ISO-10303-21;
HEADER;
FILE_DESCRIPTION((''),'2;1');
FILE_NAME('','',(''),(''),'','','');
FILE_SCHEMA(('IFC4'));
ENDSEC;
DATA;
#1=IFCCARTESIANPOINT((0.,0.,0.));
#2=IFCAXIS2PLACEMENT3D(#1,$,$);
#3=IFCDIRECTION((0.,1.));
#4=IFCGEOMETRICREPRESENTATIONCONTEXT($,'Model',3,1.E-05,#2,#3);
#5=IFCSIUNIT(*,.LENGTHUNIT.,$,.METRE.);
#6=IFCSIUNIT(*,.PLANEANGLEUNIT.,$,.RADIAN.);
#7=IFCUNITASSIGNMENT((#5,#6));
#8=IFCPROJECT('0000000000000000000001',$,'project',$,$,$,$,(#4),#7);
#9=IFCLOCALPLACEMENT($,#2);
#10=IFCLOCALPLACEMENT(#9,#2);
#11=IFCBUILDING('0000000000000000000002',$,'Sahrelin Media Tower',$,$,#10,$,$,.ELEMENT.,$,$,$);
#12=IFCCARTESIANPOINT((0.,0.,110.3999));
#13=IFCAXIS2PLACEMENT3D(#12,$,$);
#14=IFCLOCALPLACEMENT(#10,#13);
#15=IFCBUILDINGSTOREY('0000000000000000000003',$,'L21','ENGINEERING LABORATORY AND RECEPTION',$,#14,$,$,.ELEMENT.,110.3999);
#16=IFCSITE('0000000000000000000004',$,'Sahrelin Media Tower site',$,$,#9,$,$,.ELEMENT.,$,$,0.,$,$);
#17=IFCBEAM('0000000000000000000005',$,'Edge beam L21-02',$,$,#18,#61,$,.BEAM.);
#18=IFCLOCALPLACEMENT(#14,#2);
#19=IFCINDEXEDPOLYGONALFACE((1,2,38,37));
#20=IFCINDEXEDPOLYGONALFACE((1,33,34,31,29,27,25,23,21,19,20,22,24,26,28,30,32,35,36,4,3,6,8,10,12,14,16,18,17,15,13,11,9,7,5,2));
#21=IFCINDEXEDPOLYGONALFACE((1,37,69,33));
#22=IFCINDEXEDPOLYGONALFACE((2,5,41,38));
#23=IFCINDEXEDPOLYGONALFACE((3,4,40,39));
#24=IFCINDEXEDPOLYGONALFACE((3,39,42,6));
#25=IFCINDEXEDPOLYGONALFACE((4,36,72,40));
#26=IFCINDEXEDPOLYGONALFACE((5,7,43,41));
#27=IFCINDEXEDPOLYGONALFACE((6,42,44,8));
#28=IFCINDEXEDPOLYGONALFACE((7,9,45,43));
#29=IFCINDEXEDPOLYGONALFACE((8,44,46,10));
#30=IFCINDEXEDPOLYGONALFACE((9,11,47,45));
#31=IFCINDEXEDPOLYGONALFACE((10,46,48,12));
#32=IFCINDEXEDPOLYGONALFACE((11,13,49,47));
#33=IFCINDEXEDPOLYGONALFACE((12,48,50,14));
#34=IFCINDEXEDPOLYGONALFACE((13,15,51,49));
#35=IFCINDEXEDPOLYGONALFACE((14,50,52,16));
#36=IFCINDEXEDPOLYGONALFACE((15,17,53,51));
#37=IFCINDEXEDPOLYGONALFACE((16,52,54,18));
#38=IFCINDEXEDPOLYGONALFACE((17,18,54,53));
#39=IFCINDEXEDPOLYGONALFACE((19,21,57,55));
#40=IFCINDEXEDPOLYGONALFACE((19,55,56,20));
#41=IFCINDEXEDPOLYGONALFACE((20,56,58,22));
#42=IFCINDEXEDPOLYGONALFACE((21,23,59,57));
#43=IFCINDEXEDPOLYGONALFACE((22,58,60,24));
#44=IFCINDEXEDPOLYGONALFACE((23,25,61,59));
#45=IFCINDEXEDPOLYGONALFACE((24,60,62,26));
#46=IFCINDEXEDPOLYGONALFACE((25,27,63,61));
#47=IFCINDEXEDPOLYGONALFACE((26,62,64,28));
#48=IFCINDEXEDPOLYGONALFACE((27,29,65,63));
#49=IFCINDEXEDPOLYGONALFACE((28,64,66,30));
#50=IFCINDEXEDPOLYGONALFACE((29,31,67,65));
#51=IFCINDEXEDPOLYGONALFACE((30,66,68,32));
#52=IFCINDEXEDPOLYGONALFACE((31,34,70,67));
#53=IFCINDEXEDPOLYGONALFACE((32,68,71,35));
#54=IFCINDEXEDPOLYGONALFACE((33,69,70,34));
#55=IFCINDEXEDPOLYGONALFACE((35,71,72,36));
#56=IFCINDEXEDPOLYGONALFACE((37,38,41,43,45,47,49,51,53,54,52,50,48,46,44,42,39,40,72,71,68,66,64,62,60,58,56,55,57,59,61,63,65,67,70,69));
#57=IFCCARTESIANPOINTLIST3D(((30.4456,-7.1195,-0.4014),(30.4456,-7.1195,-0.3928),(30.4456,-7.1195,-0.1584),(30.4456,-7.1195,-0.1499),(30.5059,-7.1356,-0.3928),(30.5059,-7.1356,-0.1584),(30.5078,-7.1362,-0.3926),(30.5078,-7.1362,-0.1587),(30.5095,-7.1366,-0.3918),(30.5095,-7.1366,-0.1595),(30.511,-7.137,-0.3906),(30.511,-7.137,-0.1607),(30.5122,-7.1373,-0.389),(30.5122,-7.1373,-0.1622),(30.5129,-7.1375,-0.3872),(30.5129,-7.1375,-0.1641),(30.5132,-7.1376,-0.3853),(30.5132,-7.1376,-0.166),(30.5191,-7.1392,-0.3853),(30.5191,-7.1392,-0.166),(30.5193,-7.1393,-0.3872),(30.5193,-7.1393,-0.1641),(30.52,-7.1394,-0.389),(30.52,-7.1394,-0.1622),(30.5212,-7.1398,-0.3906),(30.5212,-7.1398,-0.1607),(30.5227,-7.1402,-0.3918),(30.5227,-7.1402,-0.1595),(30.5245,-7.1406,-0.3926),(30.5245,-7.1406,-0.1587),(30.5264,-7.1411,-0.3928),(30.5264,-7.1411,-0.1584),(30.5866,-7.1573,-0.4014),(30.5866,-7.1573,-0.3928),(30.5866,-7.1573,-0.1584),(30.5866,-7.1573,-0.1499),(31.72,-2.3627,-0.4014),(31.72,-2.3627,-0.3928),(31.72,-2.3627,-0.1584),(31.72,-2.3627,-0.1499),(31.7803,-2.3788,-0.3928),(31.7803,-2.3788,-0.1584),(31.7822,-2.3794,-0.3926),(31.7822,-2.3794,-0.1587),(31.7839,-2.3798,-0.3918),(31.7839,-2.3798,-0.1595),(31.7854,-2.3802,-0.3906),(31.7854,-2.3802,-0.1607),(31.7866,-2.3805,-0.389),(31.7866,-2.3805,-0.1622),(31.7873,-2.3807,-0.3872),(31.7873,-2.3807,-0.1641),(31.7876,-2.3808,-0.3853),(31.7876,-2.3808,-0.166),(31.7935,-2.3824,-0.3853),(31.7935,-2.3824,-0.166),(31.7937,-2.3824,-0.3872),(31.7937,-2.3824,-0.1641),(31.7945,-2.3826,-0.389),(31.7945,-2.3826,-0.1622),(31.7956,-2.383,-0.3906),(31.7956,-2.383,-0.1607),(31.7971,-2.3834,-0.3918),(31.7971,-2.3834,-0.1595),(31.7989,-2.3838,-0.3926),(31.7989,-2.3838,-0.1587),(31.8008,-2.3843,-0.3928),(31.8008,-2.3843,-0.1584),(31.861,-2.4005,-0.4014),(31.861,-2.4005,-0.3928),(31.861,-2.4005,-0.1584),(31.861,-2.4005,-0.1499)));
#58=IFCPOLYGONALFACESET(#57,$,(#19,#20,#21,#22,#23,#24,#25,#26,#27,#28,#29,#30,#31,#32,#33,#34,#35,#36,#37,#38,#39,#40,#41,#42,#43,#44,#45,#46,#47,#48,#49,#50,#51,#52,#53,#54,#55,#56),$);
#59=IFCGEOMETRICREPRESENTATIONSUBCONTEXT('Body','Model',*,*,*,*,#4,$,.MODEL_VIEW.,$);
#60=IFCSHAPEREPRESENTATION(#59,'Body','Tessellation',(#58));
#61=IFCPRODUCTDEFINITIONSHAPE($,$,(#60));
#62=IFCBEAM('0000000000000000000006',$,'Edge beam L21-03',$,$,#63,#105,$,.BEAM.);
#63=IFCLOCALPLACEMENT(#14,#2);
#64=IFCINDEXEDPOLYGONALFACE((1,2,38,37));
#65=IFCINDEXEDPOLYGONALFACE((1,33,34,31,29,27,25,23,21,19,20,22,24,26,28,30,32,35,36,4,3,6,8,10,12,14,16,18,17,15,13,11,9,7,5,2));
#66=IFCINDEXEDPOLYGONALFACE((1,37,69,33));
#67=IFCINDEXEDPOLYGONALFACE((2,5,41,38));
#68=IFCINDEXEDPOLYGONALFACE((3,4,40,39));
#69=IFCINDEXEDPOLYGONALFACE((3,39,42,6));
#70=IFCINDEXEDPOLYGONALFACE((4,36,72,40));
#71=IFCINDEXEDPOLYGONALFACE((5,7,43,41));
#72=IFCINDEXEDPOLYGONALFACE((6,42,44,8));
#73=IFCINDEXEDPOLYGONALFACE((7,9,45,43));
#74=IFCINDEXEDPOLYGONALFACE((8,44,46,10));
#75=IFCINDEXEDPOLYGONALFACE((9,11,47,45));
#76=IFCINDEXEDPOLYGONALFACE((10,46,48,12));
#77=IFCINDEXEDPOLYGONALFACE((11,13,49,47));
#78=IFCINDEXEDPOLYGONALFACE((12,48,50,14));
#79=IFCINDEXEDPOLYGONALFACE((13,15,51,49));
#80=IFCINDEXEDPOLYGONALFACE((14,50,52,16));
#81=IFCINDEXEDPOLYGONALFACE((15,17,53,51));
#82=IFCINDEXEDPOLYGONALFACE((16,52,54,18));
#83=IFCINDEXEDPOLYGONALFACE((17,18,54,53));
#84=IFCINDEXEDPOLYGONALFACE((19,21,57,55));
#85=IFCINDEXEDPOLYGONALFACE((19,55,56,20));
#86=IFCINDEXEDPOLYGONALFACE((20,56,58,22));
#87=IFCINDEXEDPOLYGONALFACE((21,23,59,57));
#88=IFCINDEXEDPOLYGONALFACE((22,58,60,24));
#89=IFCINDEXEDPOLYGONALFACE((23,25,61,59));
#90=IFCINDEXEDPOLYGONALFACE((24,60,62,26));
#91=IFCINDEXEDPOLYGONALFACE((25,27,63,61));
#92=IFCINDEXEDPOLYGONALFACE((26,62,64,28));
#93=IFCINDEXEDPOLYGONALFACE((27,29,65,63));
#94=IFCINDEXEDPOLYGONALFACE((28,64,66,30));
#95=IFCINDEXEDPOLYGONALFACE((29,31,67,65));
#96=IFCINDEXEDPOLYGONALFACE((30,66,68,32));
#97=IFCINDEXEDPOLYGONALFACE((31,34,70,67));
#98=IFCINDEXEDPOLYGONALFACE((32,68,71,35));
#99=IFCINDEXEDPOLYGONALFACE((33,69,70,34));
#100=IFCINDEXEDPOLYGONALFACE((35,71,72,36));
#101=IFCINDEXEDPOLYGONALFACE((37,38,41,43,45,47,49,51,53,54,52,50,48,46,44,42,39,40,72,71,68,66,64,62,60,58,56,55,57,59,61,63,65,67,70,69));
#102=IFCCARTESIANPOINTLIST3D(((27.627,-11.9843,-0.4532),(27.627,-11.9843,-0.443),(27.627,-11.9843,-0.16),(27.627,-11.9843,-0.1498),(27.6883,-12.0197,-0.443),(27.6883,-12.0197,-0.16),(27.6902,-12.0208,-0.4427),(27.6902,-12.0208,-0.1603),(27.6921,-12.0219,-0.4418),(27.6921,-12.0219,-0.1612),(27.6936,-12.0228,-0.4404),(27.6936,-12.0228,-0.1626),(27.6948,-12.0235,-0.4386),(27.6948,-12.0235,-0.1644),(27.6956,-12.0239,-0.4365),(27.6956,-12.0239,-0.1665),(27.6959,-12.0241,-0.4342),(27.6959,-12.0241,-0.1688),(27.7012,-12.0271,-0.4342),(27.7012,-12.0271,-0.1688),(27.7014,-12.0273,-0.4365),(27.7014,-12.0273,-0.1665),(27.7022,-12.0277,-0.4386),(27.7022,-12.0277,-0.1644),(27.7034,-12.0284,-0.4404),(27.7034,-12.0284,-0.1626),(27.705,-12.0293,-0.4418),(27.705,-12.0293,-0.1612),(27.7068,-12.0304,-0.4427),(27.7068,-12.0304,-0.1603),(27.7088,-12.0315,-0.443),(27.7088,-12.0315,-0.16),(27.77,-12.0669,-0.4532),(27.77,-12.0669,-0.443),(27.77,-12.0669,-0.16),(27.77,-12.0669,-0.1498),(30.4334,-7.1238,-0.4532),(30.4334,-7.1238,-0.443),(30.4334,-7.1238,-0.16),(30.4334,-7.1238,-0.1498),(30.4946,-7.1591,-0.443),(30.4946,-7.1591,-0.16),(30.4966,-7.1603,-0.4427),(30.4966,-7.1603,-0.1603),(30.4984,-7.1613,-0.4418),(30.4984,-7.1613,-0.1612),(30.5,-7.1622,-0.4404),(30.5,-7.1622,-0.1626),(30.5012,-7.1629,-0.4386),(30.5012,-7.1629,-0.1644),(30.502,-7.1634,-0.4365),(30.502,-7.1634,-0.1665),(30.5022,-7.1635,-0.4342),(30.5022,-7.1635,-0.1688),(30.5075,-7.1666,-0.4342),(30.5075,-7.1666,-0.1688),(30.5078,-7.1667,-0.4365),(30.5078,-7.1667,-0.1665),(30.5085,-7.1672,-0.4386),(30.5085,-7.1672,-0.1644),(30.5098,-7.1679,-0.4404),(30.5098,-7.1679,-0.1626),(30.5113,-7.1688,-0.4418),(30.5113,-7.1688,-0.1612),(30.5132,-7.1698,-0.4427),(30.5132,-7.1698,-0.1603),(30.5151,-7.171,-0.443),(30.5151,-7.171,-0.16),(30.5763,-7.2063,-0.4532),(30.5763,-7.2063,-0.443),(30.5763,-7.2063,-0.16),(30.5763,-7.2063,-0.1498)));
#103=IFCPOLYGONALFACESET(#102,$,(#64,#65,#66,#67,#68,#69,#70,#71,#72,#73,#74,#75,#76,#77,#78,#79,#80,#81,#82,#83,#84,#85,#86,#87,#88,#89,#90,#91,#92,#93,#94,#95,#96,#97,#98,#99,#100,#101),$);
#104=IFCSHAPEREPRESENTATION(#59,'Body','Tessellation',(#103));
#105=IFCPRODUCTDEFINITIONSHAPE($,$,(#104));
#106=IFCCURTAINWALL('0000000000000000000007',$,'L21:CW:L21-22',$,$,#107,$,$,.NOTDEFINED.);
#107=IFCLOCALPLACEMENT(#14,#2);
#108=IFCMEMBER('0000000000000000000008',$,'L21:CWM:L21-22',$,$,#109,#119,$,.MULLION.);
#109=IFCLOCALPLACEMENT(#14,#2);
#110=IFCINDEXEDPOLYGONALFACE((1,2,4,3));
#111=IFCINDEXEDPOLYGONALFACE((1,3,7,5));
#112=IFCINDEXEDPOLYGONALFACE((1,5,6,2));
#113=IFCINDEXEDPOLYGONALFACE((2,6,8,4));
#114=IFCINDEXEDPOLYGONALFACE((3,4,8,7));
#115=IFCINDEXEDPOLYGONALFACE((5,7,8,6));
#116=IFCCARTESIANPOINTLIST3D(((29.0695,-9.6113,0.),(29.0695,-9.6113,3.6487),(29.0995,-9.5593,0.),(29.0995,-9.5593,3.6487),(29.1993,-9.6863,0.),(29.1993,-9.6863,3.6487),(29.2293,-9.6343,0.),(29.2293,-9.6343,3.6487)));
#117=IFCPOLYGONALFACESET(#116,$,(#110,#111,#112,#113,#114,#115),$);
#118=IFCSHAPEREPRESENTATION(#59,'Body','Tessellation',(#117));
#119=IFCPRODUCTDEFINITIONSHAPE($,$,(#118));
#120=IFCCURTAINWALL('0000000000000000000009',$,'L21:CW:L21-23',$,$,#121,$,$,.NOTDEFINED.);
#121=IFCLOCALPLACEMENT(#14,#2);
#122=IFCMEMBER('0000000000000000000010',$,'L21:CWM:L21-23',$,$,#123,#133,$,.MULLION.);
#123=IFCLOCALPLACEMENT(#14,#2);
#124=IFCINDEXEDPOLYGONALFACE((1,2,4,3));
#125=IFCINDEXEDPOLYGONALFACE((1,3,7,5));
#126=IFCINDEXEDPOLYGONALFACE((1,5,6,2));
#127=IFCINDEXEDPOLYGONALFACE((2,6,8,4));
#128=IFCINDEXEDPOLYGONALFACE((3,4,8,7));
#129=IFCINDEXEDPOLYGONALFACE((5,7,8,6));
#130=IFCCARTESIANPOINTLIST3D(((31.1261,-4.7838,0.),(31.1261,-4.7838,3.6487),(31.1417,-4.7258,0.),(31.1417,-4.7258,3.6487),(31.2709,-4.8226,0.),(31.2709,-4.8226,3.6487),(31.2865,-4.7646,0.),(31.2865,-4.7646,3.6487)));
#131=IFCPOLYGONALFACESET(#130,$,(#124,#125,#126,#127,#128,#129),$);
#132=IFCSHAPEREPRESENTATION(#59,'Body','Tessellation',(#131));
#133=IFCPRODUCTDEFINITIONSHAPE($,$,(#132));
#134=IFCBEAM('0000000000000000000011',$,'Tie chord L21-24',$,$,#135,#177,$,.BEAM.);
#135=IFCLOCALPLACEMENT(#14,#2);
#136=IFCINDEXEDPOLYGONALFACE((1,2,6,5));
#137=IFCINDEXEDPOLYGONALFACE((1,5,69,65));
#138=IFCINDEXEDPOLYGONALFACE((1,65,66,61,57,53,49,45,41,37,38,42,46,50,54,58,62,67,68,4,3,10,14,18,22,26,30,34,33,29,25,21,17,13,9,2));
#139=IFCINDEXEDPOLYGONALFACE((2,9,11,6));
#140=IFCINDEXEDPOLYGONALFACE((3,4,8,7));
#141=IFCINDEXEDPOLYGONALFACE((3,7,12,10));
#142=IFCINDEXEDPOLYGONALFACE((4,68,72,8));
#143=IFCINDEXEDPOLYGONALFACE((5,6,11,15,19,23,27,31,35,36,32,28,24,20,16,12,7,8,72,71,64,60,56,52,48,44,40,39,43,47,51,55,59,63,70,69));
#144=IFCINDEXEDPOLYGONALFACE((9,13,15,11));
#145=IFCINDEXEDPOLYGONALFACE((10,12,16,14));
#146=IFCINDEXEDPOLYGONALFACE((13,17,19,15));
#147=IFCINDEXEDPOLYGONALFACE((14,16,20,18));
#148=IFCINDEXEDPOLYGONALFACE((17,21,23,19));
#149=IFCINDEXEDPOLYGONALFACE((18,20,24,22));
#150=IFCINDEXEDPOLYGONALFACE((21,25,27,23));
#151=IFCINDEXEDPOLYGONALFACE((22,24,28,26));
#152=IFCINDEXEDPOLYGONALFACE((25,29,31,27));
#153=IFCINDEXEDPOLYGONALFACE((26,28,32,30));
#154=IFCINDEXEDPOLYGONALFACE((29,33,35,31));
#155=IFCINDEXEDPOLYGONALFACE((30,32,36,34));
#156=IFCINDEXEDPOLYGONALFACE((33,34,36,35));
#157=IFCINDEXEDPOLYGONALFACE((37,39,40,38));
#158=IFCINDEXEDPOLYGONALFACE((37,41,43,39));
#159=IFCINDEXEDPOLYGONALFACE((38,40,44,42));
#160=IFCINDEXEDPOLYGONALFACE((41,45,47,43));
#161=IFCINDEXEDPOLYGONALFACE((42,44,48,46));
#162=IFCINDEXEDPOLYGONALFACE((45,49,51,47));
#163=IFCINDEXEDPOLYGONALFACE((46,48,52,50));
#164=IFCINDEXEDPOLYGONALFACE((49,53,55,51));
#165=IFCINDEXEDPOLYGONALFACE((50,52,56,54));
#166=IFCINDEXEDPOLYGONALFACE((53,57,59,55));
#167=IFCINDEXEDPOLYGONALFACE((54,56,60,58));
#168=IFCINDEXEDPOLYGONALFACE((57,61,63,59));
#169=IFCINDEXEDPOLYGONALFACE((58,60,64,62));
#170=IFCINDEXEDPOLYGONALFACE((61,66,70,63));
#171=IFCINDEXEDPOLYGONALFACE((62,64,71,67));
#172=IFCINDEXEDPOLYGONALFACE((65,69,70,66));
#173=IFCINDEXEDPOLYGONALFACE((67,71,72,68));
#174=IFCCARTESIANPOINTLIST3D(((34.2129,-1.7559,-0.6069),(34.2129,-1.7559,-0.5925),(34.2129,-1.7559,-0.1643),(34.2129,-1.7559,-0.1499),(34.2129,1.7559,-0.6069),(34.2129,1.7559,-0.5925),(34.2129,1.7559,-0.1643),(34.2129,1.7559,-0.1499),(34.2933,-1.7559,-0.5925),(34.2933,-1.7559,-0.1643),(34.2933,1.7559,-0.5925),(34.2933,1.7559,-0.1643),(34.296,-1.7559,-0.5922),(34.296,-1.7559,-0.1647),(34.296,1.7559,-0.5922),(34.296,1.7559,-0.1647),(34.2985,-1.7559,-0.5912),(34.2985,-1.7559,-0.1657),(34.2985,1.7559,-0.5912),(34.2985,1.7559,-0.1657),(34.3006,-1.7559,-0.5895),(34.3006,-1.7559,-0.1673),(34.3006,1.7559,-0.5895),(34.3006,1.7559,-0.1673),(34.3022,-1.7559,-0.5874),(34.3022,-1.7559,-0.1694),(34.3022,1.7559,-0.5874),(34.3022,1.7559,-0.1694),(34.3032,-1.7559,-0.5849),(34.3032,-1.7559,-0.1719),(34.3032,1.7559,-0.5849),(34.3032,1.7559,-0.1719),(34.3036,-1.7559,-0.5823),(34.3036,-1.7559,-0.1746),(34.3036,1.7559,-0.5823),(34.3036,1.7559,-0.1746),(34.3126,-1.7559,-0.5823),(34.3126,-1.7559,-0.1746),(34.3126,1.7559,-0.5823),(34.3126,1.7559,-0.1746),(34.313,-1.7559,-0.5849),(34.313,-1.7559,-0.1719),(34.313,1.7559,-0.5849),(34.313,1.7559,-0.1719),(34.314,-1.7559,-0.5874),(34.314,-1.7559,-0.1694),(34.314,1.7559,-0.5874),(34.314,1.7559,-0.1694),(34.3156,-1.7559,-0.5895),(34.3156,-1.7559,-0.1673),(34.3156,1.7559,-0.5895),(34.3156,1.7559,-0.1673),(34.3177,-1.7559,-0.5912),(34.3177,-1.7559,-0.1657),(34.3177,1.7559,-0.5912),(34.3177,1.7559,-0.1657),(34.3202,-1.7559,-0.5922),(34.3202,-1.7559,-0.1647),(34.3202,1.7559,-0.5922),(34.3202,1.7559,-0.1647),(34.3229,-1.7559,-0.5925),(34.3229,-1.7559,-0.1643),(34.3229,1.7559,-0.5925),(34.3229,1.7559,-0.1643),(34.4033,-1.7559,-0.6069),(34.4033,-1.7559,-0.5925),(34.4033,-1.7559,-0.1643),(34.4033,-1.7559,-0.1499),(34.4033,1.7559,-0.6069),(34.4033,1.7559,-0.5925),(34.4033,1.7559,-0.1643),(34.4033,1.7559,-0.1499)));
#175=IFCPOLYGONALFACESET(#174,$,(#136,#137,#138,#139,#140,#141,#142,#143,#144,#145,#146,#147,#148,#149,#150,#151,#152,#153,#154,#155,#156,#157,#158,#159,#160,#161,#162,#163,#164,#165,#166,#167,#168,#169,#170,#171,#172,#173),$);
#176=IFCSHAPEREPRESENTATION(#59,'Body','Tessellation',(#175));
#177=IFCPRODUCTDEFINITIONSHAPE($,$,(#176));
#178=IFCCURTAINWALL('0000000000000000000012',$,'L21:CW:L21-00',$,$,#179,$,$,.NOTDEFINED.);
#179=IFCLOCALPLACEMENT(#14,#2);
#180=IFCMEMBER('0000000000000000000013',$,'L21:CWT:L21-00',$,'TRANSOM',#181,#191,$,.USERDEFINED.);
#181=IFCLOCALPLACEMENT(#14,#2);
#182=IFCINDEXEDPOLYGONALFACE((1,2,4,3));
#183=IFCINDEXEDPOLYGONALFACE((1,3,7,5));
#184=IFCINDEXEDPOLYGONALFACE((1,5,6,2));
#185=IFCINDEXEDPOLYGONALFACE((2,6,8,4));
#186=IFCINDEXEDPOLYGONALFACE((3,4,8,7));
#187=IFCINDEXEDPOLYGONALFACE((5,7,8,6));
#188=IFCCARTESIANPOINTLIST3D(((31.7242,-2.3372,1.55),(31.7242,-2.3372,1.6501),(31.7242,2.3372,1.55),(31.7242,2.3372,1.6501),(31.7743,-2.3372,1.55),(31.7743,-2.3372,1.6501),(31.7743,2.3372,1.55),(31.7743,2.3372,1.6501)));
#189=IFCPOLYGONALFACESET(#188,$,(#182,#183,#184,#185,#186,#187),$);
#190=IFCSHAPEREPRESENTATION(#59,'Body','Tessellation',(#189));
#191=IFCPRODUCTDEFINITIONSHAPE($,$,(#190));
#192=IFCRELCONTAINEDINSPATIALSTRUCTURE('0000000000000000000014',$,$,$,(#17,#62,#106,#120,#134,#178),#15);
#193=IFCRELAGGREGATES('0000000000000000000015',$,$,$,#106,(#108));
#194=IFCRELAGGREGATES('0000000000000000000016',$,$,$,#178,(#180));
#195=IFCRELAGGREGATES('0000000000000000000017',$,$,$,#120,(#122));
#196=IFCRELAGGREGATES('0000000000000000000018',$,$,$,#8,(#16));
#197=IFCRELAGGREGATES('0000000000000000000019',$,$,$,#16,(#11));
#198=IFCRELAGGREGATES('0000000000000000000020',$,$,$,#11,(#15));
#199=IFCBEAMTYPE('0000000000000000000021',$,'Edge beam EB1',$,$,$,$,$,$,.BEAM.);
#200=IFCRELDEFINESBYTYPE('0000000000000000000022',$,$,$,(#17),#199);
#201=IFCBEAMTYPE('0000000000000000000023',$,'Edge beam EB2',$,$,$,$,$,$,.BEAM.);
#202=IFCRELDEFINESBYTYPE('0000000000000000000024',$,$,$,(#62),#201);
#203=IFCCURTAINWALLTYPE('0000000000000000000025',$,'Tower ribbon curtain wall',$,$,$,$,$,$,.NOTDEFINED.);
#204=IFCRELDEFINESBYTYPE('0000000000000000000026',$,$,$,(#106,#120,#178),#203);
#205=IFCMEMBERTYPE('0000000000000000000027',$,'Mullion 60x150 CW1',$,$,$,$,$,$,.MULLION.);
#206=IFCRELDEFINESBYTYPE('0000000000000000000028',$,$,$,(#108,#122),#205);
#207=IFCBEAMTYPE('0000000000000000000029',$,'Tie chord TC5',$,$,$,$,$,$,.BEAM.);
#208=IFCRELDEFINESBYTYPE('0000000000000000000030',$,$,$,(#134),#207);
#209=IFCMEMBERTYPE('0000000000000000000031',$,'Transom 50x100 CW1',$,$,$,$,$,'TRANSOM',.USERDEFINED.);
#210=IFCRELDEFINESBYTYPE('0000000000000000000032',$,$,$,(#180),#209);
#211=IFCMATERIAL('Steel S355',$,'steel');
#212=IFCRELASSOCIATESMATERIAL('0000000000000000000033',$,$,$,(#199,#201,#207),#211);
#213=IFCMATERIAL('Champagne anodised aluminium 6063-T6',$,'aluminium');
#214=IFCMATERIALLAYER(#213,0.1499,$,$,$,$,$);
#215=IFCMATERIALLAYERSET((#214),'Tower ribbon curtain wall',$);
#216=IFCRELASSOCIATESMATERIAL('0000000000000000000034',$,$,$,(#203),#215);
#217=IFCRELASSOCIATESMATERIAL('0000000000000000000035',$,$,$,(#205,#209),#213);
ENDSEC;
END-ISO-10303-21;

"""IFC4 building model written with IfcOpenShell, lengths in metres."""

from ifc_helpers import new_model, si_unit, direction, frame, origin, origin_2d, place, context, subcontext, project, spatial, rectangle, i_section, extrude, material, layer, layer_set, material_profile, profile_set, type_object, element, aggregate, save


model = new_model("IFC4")

# Units and contexts
model_context = context("Model", 3, precision=1e-05, world=origin(), true_north=direction((0.0, 1.0)))
body_context = subcontext(model_context, "Body", "Model", "MODEL_VIEW")
ifc_project = project(units=[si_unit("LENGTHUNIT", "METRE"), si_unit("PLANEANGLEUNIT", "RADIAN")], contexts=[model_context])

# Site, building, storey
site_placement = place(None, origin())
site = spatial("IfcSite", under=ifc_project, at=site_placement, Name="Sahrelin Media Tower site", CompositionType="ELEMENT", RefElevation=0.0)
building_placement = place(site_placement, origin())
building = spatial("IfcBuilding", under=site, at=building_placement, Name="Sahrelin Media Tower", CompositionType="ELEMENT")
storey_placement = place(building_placement, frame((0.0, 0.0, 110.3999)))
storey = spatial("IfcBuildingStorey", under=building, at=storey_placement, Name="L21", Description="ENGINEERING LABORATORY AND RECEPTION", CompositionType="ELEMENT", Elevation=110.3999)

# Beams
ifc_material_1 = material(Name="Steel S355", Category="steel")
ifc_material_profile_1 = material_profile(ifc_material_1, i_section(OverallWidth=0.146, OverallDepth=0.2515, WebThickness=0.0061, FlangeThickness=0.0085, FilletRadius=0.0076, at=origin_2d()), Name="UB 254x146x31")
ifc_profile_set_1 = profile_set([ifc_material_profile_1], Name="Steel S355")
beam_type_1 = type_object("IfcBeamType", Name="Edge beam EB1", PredefinedType="BEAM", material=ifc_profile_set_1)
beam_1_placement = place(storey_placement, frame((31.7905, -2.3816, -0.2756), z_axis=(-0.258786, -0.965935, 0.0), x_axis=(0.965935, -0.258786, 0.0)))
element("IfcBeam", 1, at=beam_1_placement, inside=storey, type_object=beam_type_1, Name="Edge beam L21-02", PredefinedType="BEAM", context=body_context, shape_type="SweptSolid", body=[
    extrude(i_section(OverallWidth=0.146, OverallDepth=0.2515, WebThickness=0.0061, FlangeThickness=0.0085, FilletRadius=0.0076, at=origin_2d()), origin(), (0.0, 0.0, 1.0), 4.9246),
])
ifc_material_profile_2 = material_profile(ifc_material_1, i_section(OverallWidth=0.165, OverallDepth=0.3035, WebThickness=0.0061, FlangeThickness=0.0103, FilletRadius=0.0088, at=origin_2d()), Name="UB 305x165x40")
ifc_profile_set_2 = profile_set([ifc_material_profile_2], Name="Steel S355")
beam_type_2 = type_object("IfcBeamType", Name="Edge beam EB2", PredefinedType="BEAM", material=ifc_profile_set_2)
beam_2_placement = place(storey_placement, frame((30.5049, -7.165, -0.3015), z_axis=(-0.500017, -0.866015, 0.0), x_axis=(0.866015, -0.500017, 0.0)))
element("IfcBeam", 2, at=beam_2_placement, inside=storey, type_object=beam_type_2, Name="Edge beam L21-03", PredefinedType="BEAM", context=body_context, shape_type="SweptSolid", body=[
    extrude(i_section(OverallWidth=0.165, OverallDepth=0.3035, WebThickness=0.0061, FlangeThickness=0.0103, FilletRadius=0.0088, at=origin_2d()), origin(), (0.0, 0.0, 1.0), 5.6125),
])

# Curtain walls, members
ifc_material_2 = material(Name="Champagne anodised aluminium 6063-T6", Category="aluminium")
ifc_layer_1 = layer(ifc_material_2, 0.1499)
ifc_layer_set_1 = layer_set([ifc_layer_1], Name="Tower ribbon curtain wall")
curtain_wall_type = type_object("IfcCurtainWallType", Name="Tower ribbon curtain wall", PredefinedType="NOTDEFINED", material=ifc_layer_set_1)
curtain_wall_1_placement = place(storey_placement, frame((29.2317, -9.6704, 0.0), z_axis=(0.0, 0.0, 1.0), x_axis=(1.0, 0.0, 0.0)))
curtain_wall_1 = element("IfcCurtainWall", 3, at=curtain_wall_1_placement, inside=storey, type_object=curtain_wall_type, Name="L21:CW:L21-22", PredefinedType="NOTDEFINED")
ifc_material_profile_3 = material_profile(ifc_material_2, rectangle(XDim=0.0601, YDim=0.1499, at=origin_2d()), Name="Mullion 60x150")
ifc_profile_set_3 = profile_set([ifc_material_profile_3], Name="Champagne anodised aluminium 6063-T6")
member_type_1 = type_object("IfcMemberType", Name="Mullion 60x150 CW1", PredefinedType="MULLION", material=ifc_profile_set_3)
member_1_placement = place(storey_placement, frame((29.1494, -9.6228, 0.0), z_axis=(0.0, 0.0, 1.0), x_axis=(0.500005, 0.866023, 0.0)))
member_1 = element("IfcMember", 4, at=member_1_placement, type_object=member_type_1, Name="L21:CWM:L21-22", PredefinedType="MULLION", context=body_context, shape_type="SweptSolid", body=[
    extrude(rectangle(XDim=0.0601, YDim=0.1499, at=origin_2d()), origin(), (0.0, 0.0, 1.0), 3.6487),
])
aggregate(curtain_wall_1, [member_1])
curtain_wall_2_placement = place(storey_placement, frame((31.2981, -4.7986, 0.0), z_axis=(0.0, 0.0, 1.0), x_axis=(1.0, 0.0, 0.0)))
curtain_wall_2 = element("IfcCurtainWall", 5, at=curtain_wall_2_placement, inside=storey, type_object=curtain_wall_type, Name="L21:CW:L21-23", PredefinedType="NOTDEFINED")
member_2_placement = place(storey_placement, frame((31.2063, -4.7742, 0.0), z_axis=(0.0, 0.0, 1.0), x_axis=(0.258811, 0.965928, 0.0)))
member_2 = element("IfcMember", 6, at=member_2_placement, type_object=member_type_1, Name="L21:CWM:L21-23", PredefinedType="MULLION", context=body_context, shape_type="SweptSolid", body=[
    extrude(rectangle(XDim=0.0601, YDim=0.1499, at=origin_2d()), origin(), (0.0, 0.0, 1.0), 3.6487),
])

# Beam
ifc_material_profile_4 = material_profile(ifc_material_1, i_section(OverallWidth=0.1904, OverallDepth=0.457, WebThickness=0.009, FlangeThickness=0.0144, FilletRadius=0.0103, at=origin_2d()), Name="UB 457x191x74")
ifc_profile_set_4 = profile_set([ifc_material_profile_4], Name="Steel S355")
beam_type_3 = type_object("IfcBeamType", Name="Tie chord TC5", PredefinedType="BEAM", material=ifc_profile_set_4)
beam_3_placement = place(storey_placement, frame((34.3081, -1.7559, -0.3784), z_axis=(0.0, 1.0, 0.0), x_axis=(-1.0, 0.0, 0.0)))
element("IfcBeam", 7, at=beam_3_placement, inside=storey, type_object=beam_type_3, Name="Tie chord L21-24", PredefinedType="BEAM", context=body_context, shape_type="SweptSolid", body=[
    extrude(i_section(OverallWidth=0.1904, OverallDepth=0.457, WebThickness=0.009, FlangeThickness=0.0144, FilletRadius=0.0103, at=origin_2d()), origin(), (0.0, 0.0, 1.0), 3.5117),
])

# Curtain wall, member
curtain_wall_3_placement = place(storey_placement, frame((31.9443, 0.0, 0.0), z_axis=(0.0, 0.0, 1.0), x_axis=(1.0, 0.0, 0.0)))
curtain_wall_3 = element("IfcCurtainWall", 8, at=curtain_wall_3_placement, inside=storey, type_object=curtain_wall_type, Name="L21:CW:L21-00", PredefinedType="NOTDEFINED")
ifc_material_profile_5 = material_profile(ifc_material_2, rectangle(XDim=0.05, YDim=0.1001, at=origin_2d()), Name="Transom 50x100")
ifc_profile_set_5 = profile_set([ifc_material_profile_5], Name="Champagne anodised aluminium 6063-T6")
member_type_2 = type_object("IfcMemberType", Name="Transom 50x100 CW1", ElementType="TRANSOM", PredefinedType="USERDEFINED", material=ifc_profile_set_5)
member_3_placement = place(storey_placement, frame((31.7493, -2.3372, 1.6001), z_axis=(0.0, 1.0, 0.0), x_axis=(-1.0, 0.0, 0.0)))
member_3 = element("IfcMember", 9, at=member_3_placement, type_object=member_type_2, Name="L21:CWT:L21-00", ObjectType="TRANSOM", PredefinedType="USERDEFINED", context=body_context, shape_type="SweptSolid", body=[
    extrude(rectangle(XDim=0.05, YDim=0.1001, at=origin_2d()), origin(), (0.0, 0.0, 1.0), 4.6743),
])

aggregate(curtain_wall_3, [member_3])
aggregate(curtain_wall_2, [member_2])

save(model, "model.ifc")
